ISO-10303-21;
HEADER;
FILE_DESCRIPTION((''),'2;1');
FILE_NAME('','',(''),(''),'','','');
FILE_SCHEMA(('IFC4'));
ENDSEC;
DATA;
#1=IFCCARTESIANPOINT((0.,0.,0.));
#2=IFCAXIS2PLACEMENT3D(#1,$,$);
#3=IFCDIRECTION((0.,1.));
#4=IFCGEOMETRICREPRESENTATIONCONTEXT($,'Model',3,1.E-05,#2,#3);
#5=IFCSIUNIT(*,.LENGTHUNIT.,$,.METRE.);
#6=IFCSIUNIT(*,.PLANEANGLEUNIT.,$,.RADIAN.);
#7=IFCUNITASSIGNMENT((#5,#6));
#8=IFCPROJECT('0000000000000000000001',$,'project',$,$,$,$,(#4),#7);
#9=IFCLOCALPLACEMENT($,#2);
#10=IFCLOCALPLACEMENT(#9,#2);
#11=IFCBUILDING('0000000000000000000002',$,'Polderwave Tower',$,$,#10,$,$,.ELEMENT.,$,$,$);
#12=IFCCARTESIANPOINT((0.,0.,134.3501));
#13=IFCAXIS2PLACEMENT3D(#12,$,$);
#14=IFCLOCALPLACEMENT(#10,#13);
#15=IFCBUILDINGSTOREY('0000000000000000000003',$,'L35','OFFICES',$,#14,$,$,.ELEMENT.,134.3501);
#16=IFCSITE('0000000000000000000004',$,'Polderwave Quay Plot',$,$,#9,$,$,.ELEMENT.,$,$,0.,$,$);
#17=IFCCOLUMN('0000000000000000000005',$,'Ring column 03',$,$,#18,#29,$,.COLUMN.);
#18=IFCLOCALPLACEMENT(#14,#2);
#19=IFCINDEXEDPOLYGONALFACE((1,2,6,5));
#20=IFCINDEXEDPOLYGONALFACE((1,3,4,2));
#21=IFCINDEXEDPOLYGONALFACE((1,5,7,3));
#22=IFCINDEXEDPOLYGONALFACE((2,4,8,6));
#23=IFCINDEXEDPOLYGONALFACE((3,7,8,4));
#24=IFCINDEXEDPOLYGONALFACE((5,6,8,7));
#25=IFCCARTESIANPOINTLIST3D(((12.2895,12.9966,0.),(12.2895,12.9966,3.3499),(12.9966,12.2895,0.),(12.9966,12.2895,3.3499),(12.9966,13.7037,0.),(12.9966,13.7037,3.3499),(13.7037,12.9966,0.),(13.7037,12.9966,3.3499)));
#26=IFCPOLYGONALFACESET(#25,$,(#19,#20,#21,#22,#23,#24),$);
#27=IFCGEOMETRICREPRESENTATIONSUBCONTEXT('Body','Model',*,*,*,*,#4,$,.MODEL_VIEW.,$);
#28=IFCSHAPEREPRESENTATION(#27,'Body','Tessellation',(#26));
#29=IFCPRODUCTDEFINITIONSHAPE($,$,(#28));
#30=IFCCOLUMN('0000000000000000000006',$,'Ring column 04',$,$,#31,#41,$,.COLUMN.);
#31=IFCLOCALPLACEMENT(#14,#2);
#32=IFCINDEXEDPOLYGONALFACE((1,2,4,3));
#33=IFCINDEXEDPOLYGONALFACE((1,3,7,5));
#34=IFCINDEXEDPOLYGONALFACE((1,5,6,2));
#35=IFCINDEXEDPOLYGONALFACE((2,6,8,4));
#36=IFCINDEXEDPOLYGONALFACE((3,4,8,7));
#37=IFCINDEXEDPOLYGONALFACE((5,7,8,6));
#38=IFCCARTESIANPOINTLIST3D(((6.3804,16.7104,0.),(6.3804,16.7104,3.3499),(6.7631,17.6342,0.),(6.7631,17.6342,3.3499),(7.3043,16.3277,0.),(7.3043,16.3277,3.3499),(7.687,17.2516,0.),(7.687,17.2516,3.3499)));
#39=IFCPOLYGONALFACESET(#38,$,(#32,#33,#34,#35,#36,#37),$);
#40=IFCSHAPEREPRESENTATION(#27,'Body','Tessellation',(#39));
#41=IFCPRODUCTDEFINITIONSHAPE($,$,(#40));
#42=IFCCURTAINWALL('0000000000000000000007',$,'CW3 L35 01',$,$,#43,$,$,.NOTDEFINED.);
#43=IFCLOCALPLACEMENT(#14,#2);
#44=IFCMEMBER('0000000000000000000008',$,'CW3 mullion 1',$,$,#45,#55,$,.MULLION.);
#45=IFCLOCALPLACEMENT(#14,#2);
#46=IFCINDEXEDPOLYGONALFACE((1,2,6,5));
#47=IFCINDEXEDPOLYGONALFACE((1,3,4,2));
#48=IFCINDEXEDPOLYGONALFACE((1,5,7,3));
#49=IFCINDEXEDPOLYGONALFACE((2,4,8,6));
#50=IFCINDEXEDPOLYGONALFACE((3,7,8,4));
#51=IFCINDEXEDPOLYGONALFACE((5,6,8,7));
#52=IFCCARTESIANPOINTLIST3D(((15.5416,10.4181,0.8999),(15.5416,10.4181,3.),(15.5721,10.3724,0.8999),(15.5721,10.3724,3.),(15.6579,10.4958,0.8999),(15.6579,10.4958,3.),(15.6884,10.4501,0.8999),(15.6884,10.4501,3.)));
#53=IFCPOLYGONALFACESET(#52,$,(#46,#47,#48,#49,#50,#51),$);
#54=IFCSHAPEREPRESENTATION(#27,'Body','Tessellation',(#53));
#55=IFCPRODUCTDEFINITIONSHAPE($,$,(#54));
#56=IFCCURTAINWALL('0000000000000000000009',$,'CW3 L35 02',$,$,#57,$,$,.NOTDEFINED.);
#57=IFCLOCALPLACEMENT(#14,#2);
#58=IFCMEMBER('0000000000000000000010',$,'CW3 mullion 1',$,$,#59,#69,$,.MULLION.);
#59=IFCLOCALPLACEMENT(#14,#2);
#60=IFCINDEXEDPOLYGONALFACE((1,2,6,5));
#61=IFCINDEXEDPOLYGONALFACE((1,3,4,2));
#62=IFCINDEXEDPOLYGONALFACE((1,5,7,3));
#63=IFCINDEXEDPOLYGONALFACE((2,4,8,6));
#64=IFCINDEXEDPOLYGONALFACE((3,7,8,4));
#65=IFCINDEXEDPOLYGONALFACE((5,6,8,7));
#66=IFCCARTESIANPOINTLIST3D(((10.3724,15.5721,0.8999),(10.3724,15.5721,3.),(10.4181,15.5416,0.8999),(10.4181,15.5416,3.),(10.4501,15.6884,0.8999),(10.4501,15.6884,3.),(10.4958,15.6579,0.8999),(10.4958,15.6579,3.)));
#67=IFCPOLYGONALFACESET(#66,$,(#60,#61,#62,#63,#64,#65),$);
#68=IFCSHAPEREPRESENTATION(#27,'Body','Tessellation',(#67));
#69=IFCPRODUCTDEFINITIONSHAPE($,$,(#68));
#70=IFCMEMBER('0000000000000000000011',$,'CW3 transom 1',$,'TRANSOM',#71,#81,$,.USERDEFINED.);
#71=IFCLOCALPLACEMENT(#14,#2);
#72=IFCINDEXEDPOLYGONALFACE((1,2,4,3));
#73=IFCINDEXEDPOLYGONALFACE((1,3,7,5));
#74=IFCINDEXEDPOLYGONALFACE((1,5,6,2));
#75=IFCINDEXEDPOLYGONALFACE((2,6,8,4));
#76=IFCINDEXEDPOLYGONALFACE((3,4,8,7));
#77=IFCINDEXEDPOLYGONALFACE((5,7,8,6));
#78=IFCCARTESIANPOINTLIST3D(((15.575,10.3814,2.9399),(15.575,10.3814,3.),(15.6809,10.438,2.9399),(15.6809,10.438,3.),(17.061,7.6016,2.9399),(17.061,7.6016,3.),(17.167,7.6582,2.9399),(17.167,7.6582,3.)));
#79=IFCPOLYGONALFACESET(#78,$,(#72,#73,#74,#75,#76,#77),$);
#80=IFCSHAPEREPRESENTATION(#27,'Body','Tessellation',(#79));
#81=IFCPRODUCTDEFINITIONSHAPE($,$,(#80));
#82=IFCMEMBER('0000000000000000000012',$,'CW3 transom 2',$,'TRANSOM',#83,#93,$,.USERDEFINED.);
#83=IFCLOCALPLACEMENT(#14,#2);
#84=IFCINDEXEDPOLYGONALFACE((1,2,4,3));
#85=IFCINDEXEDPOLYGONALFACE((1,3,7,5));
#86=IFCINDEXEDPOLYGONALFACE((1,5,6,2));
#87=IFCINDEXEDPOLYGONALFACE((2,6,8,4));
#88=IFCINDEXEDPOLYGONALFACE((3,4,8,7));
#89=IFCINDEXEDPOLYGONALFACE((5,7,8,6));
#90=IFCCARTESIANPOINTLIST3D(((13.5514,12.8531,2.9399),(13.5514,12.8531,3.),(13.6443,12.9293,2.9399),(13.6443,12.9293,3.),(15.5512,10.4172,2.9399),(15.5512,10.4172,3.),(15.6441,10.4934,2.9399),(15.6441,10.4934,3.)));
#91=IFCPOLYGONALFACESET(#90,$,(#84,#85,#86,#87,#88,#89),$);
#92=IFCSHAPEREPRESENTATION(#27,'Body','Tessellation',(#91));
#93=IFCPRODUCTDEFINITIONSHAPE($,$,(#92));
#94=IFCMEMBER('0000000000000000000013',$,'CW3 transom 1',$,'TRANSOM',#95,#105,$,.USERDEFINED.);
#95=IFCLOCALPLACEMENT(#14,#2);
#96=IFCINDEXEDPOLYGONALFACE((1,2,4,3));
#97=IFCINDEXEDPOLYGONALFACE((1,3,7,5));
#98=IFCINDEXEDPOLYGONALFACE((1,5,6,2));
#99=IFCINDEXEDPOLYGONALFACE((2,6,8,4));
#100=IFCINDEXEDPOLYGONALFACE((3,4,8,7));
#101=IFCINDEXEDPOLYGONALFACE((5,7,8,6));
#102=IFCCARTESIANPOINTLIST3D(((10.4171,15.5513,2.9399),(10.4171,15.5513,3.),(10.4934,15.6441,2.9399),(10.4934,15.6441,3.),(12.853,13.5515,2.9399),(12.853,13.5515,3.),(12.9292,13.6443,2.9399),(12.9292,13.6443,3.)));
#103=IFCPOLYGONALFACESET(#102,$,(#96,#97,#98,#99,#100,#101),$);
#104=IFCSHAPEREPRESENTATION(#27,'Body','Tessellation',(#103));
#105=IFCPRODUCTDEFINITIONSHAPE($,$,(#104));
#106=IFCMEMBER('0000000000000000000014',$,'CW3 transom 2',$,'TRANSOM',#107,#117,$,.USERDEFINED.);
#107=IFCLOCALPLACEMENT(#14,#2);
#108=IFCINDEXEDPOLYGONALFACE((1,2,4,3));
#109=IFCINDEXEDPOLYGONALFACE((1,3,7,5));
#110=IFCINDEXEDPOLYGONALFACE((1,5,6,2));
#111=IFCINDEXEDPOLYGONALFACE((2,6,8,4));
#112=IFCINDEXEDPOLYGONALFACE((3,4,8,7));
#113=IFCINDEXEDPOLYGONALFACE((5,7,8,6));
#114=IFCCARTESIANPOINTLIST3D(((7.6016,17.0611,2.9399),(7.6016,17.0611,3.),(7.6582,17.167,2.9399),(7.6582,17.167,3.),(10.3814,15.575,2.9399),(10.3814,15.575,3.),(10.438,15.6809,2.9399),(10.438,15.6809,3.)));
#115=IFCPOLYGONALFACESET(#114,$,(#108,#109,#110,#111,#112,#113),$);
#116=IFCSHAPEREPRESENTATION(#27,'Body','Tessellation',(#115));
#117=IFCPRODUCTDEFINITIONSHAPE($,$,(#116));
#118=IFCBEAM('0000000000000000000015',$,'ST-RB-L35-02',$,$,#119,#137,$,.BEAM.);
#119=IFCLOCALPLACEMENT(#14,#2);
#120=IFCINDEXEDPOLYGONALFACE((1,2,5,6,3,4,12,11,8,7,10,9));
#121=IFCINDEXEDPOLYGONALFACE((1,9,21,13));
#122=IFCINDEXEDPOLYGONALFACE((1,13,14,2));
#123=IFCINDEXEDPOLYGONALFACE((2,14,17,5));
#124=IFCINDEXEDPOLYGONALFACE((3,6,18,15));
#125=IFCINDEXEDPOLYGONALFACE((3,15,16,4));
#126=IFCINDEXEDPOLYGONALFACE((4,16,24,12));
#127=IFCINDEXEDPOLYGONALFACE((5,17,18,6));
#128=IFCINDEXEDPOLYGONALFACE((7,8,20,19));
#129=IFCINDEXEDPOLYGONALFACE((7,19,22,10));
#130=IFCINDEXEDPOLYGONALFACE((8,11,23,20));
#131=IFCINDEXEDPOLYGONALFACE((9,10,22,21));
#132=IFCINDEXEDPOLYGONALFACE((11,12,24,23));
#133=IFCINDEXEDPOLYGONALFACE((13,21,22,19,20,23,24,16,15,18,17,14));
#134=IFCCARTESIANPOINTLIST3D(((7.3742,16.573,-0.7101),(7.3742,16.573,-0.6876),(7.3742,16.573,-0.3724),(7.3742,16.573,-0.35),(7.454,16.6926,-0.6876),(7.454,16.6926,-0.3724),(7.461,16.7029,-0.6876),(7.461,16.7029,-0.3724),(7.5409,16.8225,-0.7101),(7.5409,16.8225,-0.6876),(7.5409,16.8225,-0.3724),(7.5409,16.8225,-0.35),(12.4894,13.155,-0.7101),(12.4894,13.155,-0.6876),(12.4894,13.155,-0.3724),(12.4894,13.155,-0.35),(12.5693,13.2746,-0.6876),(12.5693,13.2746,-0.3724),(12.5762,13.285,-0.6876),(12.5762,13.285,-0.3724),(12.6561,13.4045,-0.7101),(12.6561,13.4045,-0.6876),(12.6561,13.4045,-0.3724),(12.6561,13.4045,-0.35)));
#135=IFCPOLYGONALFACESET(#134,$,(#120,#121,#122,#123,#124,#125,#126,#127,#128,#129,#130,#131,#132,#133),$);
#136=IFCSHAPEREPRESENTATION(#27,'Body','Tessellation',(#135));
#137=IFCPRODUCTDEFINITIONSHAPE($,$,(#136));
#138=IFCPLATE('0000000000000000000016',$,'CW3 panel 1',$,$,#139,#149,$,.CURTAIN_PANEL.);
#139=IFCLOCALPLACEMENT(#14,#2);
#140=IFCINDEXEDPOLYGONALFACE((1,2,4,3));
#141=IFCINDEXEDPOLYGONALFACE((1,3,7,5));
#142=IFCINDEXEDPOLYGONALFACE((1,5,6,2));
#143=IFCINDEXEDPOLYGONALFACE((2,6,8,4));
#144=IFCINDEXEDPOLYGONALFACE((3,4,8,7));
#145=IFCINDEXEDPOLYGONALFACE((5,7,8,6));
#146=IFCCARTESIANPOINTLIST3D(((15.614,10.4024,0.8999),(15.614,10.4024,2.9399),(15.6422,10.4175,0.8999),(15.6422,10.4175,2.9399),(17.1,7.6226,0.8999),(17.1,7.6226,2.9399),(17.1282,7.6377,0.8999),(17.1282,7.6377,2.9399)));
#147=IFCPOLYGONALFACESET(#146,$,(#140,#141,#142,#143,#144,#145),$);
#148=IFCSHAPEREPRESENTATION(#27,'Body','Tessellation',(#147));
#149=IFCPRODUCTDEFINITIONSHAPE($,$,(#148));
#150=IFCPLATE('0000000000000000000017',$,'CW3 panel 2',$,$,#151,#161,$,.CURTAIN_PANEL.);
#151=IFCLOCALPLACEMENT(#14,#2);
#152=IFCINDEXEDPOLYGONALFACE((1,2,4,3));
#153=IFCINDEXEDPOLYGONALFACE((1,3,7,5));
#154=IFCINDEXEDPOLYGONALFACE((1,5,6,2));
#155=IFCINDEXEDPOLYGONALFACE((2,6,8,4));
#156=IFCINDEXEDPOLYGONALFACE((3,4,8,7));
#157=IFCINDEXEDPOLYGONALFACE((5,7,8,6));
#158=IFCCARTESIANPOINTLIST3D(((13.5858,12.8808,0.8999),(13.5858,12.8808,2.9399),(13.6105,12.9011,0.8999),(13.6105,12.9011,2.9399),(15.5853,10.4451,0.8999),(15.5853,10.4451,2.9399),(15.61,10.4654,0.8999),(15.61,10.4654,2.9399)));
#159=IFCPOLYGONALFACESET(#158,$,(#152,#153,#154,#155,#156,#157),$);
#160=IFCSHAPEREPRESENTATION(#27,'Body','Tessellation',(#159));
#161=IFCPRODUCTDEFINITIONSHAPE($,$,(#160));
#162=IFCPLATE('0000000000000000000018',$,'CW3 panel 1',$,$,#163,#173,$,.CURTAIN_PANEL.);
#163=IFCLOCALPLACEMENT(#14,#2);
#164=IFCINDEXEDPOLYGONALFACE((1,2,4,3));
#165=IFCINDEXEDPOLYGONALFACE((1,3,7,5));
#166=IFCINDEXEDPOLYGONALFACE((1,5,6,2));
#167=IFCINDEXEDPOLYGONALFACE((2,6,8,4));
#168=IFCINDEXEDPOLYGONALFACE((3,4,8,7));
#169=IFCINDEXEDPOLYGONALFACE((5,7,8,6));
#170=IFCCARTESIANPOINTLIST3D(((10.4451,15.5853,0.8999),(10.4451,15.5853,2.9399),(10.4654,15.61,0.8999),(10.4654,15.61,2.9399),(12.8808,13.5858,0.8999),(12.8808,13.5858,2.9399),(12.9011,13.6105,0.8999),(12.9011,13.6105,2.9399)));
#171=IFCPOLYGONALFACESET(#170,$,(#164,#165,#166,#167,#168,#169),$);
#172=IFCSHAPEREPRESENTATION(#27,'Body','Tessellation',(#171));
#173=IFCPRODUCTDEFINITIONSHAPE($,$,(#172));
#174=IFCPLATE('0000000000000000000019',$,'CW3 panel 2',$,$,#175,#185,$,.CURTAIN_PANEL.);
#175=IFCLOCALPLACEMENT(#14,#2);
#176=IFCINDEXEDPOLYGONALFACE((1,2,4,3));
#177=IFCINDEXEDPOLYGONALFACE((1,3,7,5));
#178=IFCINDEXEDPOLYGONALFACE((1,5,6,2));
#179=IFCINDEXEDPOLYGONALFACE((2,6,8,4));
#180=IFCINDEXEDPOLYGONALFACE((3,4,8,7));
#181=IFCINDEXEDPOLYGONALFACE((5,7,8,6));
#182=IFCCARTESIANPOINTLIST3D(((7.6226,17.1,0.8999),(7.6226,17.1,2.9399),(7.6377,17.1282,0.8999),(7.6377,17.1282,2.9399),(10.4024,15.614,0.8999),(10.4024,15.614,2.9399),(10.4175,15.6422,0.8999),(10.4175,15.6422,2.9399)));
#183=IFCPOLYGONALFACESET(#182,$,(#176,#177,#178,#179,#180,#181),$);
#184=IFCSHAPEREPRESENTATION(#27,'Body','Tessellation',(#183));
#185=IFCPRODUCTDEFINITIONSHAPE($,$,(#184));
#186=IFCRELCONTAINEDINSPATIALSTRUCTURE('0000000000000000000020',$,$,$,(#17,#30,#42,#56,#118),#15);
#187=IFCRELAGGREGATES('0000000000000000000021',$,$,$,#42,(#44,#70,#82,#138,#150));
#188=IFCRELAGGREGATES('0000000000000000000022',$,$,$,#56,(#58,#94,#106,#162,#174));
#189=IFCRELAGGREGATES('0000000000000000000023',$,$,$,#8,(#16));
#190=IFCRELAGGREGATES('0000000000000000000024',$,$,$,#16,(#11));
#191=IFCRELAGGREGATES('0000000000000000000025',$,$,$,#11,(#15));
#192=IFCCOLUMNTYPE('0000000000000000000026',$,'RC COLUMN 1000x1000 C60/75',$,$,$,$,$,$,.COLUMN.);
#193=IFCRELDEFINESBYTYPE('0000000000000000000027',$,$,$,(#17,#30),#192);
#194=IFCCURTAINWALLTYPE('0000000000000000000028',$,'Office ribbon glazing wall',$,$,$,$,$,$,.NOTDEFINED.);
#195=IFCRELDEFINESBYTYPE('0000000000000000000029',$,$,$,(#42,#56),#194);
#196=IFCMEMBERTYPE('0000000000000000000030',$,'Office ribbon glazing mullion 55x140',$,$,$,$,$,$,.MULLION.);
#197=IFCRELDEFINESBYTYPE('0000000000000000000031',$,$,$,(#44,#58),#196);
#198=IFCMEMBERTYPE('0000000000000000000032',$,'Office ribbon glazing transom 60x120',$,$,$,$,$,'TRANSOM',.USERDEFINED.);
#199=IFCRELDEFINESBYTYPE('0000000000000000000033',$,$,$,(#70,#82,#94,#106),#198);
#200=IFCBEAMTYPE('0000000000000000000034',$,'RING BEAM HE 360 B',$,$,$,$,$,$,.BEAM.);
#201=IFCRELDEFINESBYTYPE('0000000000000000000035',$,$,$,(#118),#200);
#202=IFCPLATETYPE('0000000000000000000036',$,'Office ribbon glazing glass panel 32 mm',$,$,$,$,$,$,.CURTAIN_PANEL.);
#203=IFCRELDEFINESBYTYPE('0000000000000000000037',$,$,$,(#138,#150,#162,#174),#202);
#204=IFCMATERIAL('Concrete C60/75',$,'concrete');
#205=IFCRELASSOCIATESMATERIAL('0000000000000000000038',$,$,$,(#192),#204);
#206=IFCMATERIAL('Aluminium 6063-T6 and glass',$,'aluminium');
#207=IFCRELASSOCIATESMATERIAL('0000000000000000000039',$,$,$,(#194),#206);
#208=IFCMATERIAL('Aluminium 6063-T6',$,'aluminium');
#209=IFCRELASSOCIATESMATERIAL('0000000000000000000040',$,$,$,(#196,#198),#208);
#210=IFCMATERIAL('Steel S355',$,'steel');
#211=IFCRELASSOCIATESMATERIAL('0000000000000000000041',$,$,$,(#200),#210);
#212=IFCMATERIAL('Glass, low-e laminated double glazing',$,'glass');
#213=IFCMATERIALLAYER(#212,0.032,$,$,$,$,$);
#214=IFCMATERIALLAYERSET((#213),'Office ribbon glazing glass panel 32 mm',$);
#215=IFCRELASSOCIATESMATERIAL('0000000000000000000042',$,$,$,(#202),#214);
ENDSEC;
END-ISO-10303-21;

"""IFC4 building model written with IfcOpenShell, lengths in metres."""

from ifc_helpers import new_model, si_unit, direction, frame, origin, origin_2d, place, context, subcontext, project, spatial, rectangle, i_section, extrude, material, layer, layer_set, material_profile, profile_set, type_object, element, aggregate, save


model = new_model("IFC4")

# Units and contexts
model_context = context("Model", 3, precision=1e-05, world=origin(), true_north=direction((0.0, 1.0)))
body_context = subcontext(model_context, "Body", "Model", "MODEL_VIEW")
ifc_project = project(units=[si_unit("LENGTHUNIT", "METRE"), si_unit("PLANEANGLEUNIT", "RADIAN")], contexts=[model_context])

# Site, building, storey
site_placement = place(None, origin())
site = spatial("IfcSite", under=ifc_project, at=site_placement, Name="Polderwave Quay Plot", CompositionType="ELEMENT", RefElevation=0.0)
building_placement = place(site_placement, origin())
building = spatial("IfcBuilding", under=site, at=building_placement, Name="Polderwave Tower", CompositionType="ELEMENT")
storey_placement = place(building_placement, frame((0.0, 0.0, 134.3501)))
storey = spatial("IfcBuildingStorey", under=building, at=storey_placement, Name="L35", Description="OFFICES", CompositionType="ELEMENT", Elevation=134.3501)

# Columns
ifc_material_1 = material(Name="Concrete C60/75", Category="concrete")
ifc_material_profile_1 = material_profile(ifc_material_1, rectangle(XDim=1.0, YDim=1.0, at=origin_2d()), Name="RC 1000x1000")
ifc_profile_set_1 = profile_set([ifc_material_profile_1], Name="Concrete C60/75")
column_type = type_object("IfcColumnType", Name="RC COLUMN 1000x1000 C60/75", PredefinedType="COLUMN", material=ifc_profile_set_1)
for number, where, z_axis, x_axis, name in (
    (1, (12.9966, 12.9966, 0.0), (0.0, 0.0, 1.0), (0.707107, 0.707107, 0.0), "Ring column 03"),
    (2, (7.0337, 16.981, 0.0), (0.0, 0.0, 1.0), (0.382683, 0.92388, 0.0), "Ring column 04"),
):
    element("IfcColumn", number, at=place(storey_placement, frame(where, z_axis=z_axis, x_axis=x_axis)), inside=storey, type_object=column_type, Name=name, PredefinedType="COLUMN", context=body_context, shape_type="SweptSolid", body=[
        extrude(rectangle(XDim=1.0, YDim=1.0, at=origin_2d()), origin(), (0.0, 0.0, 1.0), 3.3499),
    ])

# Curtain walls, members
ifc_material_2 = material(Name="Aluminium 6063-T6 and glass", Category="aluminium")
curtain_wall_type = type_object("IfcCurtainWallType", Name="Office ribbon glazing wall", PredefinedType="NOTDEFINED", material=ifc_material_2)
curtain_wall_1_placement = place(storey_placement, origin())
curtain_wall_1 = element("IfcCurtainWall", 3, at=curtain_wall_1_placement, inside=storey, type_object=curtain_wall_type, Name="CW3 L35 01", PredefinedType="NOTDEFINED")
ifc_material_3 = material(Name="Aluminium 6063-T6", Category="aluminium")
ifc_material_profile_2 = material_profile(ifc_material_3, rectangle(XDim=0.1399, YDim=0.0549, at=origin_2d()), Name="AL 55x140")
ifc_profile_set_2 = profile_set([ifc_material_profile_2], Name="Aluminium 6063-T6")
member_type_1 = type_object("IfcMemberType", Name="Office ribbon glazing mullion 55x140", PredefinedType="MULLION", material=ifc_profile_set_2)
member_1_placement = place(storey_placement, frame((15.615, 10.4341, 0.8999), z_axis=(0.0, 0.0, 1.0), x_axis=(-0.831411, -0.555657, 0.0)))
member_1 = element("IfcMember", 4, at=member_1_placement, type_object=member_type_1, Name="CW3 mullion 1", PredefinedType="MULLION", context=body_context, shape_type="SweptSolid", body=[
    extrude(rectangle(XDim=0.1399, YDim=0.0549, at=origin_2d()), origin(), (0.0, 0.0, 1.0), 2.1001),
])
curtain_wall_2_placement = place(storey_placement, origin())
curtain_wall_2 = element("IfcCurtainWall", 5, at=curtain_wall_2_placement, inside=storey, type_object=curtain_wall_type, Name="CW3 L35 02", PredefinedType="NOTDEFINED")
member_2_placement = place(storey_placement, frame((10.4341, 15.615, 0.8999), z_axis=(0.0, 0.0, 1.0), x_axis=(-0.555657, -0.831411, 0.0)))
member_2 = element("IfcMember", 6, at=member_2_placement, type_object=member_type_1, Name="CW3 mullion 1", PredefinedType="MULLION", context=body_context, shape_type="SweptSolid", body=[
    extrude(rectangle(XDim=0.1399, YDim=0.0549, at=origin_2d()), origin(), (0.0, 0.0, 1.0), 2.1001),
])

# Members
ifc_material_profile_3 = material_profile(ifc_material_3, rectangle(XDim=0.1201, YDim=0.0601, at=origin_2d()), Name="AL 60x120")
ifc_profile_set_3 = profile_set([ifc_material_profile_3], Name="Aluminium 6063-T6")
member_type_2 = type_object("IfcMemberType", Name="Office ribbon glazing transom 60x120", ElementType="TRANSOM", PredefinedType="USERDEFINED", material=ifc_profile_set_3)
member_3_placement = place(storey_placement, frame((17.114, 7.6299, 2.97), z_axis=(-0.47146, 0.881887, 0.0), x_axis=(-0.881887, -0.47146, 0.0)))
member_3 = element("IfcMember", 7, at=member_3_placement, type_object=member_type_2, Name="CW3 transom 1", ObjectType="TRANSOM", PredefinedType="USERDEFINED", context=body_context, shape_type="SweptSolid", body=[
    extrude(rectangle(XDim=0.1201, YDim=0.0601, at=origin_2d()), origin(), (0.0, 0.0, 1.0), 3.1521),
])
member_4_placement = place(storey_placement, frame((15.5977, 10.4553, 2.97), z_axis=(-0.634536, 0.772893, 0.0), x_axis=(-0.772893, -0.634536, 0.0)))
member_4 = element("IfcMember", 8, at=member_4_placement, type_object=member_type_2, Name="CW3 transom 2", ObjectType="TRANSOM", PredefinedType="USERDEFINED", context=body_context, shape_type="SweptSolid", body=[
    extrude(rectangle(XDim=0.1201, YDim=0.0601, at=origin_2d()), origin(), (0.0, 0.0, 1.0), 3.1516),
])
member_5_placement = place(storey_placement, frame((12.8911, 13.5979, 2.97), z_axis=(-0.772893, 0.634536, 0.0), x_axis=(-0.634536, -0.772893, 0.0)))
member_5 = element("IfcMember", 9, at=member_5_placement, type_object=member_type_2, Name="CW3 transom 1", ObjectType="TRANSOM", PredefinedType="USERDEFINED", context=body_context, shape_type="SweptSolid", body=[
    extrude(rectangle(XDim=0.1201, YDim=0.0601, at=origin_2d()), origin(), (0.0, 0.0, 1.0), 3.1516),
])
member_6_placement = place(storey_placement, frame((10.4097, 15.6279, 2.97), z_axis=(-0.881887, 0.47146, 0.0), x_axis=(-0.47146, -0.881887, 0.0)))
member_6 = element("IfcMember", 10, at=member_6_placement, type_object=member_type_2, Name="CW3 transom 2", ObjectType="TRANSOM", PredefinedType="USERDEFINED", context=body_context, shape_type="SweptSolid", body=[
    extrude(rectangle(XDim=0.1201, YDim=0.0601, at=origin_2d()), origin(), (0.0, 0.0, 1.0), 3.1521),
])

# Beam
ifc_material_4 = material(Name="Steel S355", Category="steel")
ifc_material_profile_4 = material_profile(ifc_material_4, i_section(OverallWidth=0.3, OverallDepth=0.3601, WebThickness=0.0125, FlangeThickness=0.0225, at=origin_2d()), Name="HE 360 B")
ifc_profile_set_4 = profile_set([ifc_material_profile_4], Name="Steel S355")
beam_type = type_object("IfcBeamType", Name="RING BEAM HE 360 B", PredefinedType="BEAM", material=ifc_profile_set_4)
beam_placement = place(storey_placement, frame((12.5728, 13.2798, -0.53), z_axis=(-0.831464, 0.555579, 0.0), x_axis=(-0.555579, -0.831464, 0.0)))
element("IfcBeam", 11, at=beam_placement, inside=storey, type_object=beam_type, Name="ST-RB-L35-02", PredefinedType="BEAM", context=body_context, shape_type="SweptSolid", body=[
    extrude(i_section(OverallWidth=0.3, OverallDepth=0.3601, WebThickness=0.0125, FlangeThickness=0.0225, at=origin_2d()), origin(), (0.0, 0.0, 1.0), 6.1521),
])

# Plates
ifc_material_5 = material(Name="Glass, low-e laminated double glazing", Category="glass")
ifc_layer_1 = layer(ifc_material_5, 0.032)
ifc_layer_set_1 = layer_set([ifc_layer_1], Name="Office ribbon glazing glass panel 32 mm")
plate_type = type_object("IfcPlateType", Name="Office ribbon glazing glass panel 32 mm", PredefinedType="CURTAIN_PANEL", material=ifc_layer_set_1)
plate_1_placement = place(storey_placement, frame((16.3711, 9.02, 0.8999), z_axis=(0.0, 0.0, 1.0), x_axis=(-0.471454, 0.881891, 0.0)))
plate_1 = element("IfcPlate", 12, at=plate_1_placement, type_object=plate_type, Name="CW3 panel 1", PredefinedType="CURTAIN_PANEL", context=body_context, shape_type="SweptSolid", body=[
    extrude(rectangle(XDim=3.1521, YDim=0.032, at=origin_2d()), origin(), (0.0, 0.0, 1.0), 2.04),
])
plate_2_placement = place(storey_placement, frame((14.5979, 11.6731, 0.8999), z_axis=(0.0, 0.0, 1.0), x_axis=(-0.634505, 0.772919, 0.0)))
plate_2 = element("IfcPlate", 13, at=plate_2_placement, type_object=plate_type, Name="CW3 panel 2", PredefinedType="CURTAIN_PANEL", context=body_context, shape_type="SweptSolid", body=[
    extrude(rectangle(XDim=3.1514, YDim=0.032, at=origin_2d()), origin(), (0.0, 0.0, 1.0), 2.04),
])
aggregate(curtain_wall_1, [member_1, member_3, member_4, plate_1, plate_2])
plate_3_placement = place(storey_placement, frame((11.6731, 14.5979, 0.8999), z_axis=(0.0, 0.0, 1.0), x_axis=(-0.772919, 0.634505, 0.0)))
plate_3 = element("IfcPlate", 14, at=plate_3_placement, type_object=plate_type, Name="CW3 panel 1", PredefinedType="CURTAIN_PANEL", context=body_context, shape_type="SweptSolid", body=[
    extrude(rectangle(XDim=3.1514, YDim=0.032, at=origin_2d()), origin(), (0.0, 0.0, 1.0), 2.04),
])
plate_4_placement = place(storey_placement, frame((9.02, 16.3711, 0.8999), z_axis=(0.0, 0.0, 1.0), x_axis=(-0.881891, 0.471454, 0.0)))
plate_4 = element("IfcPlate", 15, at=plate_4_placement, type_object=plate_type, Name="CW3 panel 2", PredefinedType="CURTAIN_PANEL", context=body_context, shape_type="SweptSolid", body=[
    extrude(rectangle(XDim=3.1521, YDim=0.032, at=origin_2d()), origin(), (0.0, 0.0, 1.0), 2.04),
])
aggregate(curtain_wall_2, [member_2, member_5, member_6, plate_3, plate_4])

save(model, "model.ifc")
